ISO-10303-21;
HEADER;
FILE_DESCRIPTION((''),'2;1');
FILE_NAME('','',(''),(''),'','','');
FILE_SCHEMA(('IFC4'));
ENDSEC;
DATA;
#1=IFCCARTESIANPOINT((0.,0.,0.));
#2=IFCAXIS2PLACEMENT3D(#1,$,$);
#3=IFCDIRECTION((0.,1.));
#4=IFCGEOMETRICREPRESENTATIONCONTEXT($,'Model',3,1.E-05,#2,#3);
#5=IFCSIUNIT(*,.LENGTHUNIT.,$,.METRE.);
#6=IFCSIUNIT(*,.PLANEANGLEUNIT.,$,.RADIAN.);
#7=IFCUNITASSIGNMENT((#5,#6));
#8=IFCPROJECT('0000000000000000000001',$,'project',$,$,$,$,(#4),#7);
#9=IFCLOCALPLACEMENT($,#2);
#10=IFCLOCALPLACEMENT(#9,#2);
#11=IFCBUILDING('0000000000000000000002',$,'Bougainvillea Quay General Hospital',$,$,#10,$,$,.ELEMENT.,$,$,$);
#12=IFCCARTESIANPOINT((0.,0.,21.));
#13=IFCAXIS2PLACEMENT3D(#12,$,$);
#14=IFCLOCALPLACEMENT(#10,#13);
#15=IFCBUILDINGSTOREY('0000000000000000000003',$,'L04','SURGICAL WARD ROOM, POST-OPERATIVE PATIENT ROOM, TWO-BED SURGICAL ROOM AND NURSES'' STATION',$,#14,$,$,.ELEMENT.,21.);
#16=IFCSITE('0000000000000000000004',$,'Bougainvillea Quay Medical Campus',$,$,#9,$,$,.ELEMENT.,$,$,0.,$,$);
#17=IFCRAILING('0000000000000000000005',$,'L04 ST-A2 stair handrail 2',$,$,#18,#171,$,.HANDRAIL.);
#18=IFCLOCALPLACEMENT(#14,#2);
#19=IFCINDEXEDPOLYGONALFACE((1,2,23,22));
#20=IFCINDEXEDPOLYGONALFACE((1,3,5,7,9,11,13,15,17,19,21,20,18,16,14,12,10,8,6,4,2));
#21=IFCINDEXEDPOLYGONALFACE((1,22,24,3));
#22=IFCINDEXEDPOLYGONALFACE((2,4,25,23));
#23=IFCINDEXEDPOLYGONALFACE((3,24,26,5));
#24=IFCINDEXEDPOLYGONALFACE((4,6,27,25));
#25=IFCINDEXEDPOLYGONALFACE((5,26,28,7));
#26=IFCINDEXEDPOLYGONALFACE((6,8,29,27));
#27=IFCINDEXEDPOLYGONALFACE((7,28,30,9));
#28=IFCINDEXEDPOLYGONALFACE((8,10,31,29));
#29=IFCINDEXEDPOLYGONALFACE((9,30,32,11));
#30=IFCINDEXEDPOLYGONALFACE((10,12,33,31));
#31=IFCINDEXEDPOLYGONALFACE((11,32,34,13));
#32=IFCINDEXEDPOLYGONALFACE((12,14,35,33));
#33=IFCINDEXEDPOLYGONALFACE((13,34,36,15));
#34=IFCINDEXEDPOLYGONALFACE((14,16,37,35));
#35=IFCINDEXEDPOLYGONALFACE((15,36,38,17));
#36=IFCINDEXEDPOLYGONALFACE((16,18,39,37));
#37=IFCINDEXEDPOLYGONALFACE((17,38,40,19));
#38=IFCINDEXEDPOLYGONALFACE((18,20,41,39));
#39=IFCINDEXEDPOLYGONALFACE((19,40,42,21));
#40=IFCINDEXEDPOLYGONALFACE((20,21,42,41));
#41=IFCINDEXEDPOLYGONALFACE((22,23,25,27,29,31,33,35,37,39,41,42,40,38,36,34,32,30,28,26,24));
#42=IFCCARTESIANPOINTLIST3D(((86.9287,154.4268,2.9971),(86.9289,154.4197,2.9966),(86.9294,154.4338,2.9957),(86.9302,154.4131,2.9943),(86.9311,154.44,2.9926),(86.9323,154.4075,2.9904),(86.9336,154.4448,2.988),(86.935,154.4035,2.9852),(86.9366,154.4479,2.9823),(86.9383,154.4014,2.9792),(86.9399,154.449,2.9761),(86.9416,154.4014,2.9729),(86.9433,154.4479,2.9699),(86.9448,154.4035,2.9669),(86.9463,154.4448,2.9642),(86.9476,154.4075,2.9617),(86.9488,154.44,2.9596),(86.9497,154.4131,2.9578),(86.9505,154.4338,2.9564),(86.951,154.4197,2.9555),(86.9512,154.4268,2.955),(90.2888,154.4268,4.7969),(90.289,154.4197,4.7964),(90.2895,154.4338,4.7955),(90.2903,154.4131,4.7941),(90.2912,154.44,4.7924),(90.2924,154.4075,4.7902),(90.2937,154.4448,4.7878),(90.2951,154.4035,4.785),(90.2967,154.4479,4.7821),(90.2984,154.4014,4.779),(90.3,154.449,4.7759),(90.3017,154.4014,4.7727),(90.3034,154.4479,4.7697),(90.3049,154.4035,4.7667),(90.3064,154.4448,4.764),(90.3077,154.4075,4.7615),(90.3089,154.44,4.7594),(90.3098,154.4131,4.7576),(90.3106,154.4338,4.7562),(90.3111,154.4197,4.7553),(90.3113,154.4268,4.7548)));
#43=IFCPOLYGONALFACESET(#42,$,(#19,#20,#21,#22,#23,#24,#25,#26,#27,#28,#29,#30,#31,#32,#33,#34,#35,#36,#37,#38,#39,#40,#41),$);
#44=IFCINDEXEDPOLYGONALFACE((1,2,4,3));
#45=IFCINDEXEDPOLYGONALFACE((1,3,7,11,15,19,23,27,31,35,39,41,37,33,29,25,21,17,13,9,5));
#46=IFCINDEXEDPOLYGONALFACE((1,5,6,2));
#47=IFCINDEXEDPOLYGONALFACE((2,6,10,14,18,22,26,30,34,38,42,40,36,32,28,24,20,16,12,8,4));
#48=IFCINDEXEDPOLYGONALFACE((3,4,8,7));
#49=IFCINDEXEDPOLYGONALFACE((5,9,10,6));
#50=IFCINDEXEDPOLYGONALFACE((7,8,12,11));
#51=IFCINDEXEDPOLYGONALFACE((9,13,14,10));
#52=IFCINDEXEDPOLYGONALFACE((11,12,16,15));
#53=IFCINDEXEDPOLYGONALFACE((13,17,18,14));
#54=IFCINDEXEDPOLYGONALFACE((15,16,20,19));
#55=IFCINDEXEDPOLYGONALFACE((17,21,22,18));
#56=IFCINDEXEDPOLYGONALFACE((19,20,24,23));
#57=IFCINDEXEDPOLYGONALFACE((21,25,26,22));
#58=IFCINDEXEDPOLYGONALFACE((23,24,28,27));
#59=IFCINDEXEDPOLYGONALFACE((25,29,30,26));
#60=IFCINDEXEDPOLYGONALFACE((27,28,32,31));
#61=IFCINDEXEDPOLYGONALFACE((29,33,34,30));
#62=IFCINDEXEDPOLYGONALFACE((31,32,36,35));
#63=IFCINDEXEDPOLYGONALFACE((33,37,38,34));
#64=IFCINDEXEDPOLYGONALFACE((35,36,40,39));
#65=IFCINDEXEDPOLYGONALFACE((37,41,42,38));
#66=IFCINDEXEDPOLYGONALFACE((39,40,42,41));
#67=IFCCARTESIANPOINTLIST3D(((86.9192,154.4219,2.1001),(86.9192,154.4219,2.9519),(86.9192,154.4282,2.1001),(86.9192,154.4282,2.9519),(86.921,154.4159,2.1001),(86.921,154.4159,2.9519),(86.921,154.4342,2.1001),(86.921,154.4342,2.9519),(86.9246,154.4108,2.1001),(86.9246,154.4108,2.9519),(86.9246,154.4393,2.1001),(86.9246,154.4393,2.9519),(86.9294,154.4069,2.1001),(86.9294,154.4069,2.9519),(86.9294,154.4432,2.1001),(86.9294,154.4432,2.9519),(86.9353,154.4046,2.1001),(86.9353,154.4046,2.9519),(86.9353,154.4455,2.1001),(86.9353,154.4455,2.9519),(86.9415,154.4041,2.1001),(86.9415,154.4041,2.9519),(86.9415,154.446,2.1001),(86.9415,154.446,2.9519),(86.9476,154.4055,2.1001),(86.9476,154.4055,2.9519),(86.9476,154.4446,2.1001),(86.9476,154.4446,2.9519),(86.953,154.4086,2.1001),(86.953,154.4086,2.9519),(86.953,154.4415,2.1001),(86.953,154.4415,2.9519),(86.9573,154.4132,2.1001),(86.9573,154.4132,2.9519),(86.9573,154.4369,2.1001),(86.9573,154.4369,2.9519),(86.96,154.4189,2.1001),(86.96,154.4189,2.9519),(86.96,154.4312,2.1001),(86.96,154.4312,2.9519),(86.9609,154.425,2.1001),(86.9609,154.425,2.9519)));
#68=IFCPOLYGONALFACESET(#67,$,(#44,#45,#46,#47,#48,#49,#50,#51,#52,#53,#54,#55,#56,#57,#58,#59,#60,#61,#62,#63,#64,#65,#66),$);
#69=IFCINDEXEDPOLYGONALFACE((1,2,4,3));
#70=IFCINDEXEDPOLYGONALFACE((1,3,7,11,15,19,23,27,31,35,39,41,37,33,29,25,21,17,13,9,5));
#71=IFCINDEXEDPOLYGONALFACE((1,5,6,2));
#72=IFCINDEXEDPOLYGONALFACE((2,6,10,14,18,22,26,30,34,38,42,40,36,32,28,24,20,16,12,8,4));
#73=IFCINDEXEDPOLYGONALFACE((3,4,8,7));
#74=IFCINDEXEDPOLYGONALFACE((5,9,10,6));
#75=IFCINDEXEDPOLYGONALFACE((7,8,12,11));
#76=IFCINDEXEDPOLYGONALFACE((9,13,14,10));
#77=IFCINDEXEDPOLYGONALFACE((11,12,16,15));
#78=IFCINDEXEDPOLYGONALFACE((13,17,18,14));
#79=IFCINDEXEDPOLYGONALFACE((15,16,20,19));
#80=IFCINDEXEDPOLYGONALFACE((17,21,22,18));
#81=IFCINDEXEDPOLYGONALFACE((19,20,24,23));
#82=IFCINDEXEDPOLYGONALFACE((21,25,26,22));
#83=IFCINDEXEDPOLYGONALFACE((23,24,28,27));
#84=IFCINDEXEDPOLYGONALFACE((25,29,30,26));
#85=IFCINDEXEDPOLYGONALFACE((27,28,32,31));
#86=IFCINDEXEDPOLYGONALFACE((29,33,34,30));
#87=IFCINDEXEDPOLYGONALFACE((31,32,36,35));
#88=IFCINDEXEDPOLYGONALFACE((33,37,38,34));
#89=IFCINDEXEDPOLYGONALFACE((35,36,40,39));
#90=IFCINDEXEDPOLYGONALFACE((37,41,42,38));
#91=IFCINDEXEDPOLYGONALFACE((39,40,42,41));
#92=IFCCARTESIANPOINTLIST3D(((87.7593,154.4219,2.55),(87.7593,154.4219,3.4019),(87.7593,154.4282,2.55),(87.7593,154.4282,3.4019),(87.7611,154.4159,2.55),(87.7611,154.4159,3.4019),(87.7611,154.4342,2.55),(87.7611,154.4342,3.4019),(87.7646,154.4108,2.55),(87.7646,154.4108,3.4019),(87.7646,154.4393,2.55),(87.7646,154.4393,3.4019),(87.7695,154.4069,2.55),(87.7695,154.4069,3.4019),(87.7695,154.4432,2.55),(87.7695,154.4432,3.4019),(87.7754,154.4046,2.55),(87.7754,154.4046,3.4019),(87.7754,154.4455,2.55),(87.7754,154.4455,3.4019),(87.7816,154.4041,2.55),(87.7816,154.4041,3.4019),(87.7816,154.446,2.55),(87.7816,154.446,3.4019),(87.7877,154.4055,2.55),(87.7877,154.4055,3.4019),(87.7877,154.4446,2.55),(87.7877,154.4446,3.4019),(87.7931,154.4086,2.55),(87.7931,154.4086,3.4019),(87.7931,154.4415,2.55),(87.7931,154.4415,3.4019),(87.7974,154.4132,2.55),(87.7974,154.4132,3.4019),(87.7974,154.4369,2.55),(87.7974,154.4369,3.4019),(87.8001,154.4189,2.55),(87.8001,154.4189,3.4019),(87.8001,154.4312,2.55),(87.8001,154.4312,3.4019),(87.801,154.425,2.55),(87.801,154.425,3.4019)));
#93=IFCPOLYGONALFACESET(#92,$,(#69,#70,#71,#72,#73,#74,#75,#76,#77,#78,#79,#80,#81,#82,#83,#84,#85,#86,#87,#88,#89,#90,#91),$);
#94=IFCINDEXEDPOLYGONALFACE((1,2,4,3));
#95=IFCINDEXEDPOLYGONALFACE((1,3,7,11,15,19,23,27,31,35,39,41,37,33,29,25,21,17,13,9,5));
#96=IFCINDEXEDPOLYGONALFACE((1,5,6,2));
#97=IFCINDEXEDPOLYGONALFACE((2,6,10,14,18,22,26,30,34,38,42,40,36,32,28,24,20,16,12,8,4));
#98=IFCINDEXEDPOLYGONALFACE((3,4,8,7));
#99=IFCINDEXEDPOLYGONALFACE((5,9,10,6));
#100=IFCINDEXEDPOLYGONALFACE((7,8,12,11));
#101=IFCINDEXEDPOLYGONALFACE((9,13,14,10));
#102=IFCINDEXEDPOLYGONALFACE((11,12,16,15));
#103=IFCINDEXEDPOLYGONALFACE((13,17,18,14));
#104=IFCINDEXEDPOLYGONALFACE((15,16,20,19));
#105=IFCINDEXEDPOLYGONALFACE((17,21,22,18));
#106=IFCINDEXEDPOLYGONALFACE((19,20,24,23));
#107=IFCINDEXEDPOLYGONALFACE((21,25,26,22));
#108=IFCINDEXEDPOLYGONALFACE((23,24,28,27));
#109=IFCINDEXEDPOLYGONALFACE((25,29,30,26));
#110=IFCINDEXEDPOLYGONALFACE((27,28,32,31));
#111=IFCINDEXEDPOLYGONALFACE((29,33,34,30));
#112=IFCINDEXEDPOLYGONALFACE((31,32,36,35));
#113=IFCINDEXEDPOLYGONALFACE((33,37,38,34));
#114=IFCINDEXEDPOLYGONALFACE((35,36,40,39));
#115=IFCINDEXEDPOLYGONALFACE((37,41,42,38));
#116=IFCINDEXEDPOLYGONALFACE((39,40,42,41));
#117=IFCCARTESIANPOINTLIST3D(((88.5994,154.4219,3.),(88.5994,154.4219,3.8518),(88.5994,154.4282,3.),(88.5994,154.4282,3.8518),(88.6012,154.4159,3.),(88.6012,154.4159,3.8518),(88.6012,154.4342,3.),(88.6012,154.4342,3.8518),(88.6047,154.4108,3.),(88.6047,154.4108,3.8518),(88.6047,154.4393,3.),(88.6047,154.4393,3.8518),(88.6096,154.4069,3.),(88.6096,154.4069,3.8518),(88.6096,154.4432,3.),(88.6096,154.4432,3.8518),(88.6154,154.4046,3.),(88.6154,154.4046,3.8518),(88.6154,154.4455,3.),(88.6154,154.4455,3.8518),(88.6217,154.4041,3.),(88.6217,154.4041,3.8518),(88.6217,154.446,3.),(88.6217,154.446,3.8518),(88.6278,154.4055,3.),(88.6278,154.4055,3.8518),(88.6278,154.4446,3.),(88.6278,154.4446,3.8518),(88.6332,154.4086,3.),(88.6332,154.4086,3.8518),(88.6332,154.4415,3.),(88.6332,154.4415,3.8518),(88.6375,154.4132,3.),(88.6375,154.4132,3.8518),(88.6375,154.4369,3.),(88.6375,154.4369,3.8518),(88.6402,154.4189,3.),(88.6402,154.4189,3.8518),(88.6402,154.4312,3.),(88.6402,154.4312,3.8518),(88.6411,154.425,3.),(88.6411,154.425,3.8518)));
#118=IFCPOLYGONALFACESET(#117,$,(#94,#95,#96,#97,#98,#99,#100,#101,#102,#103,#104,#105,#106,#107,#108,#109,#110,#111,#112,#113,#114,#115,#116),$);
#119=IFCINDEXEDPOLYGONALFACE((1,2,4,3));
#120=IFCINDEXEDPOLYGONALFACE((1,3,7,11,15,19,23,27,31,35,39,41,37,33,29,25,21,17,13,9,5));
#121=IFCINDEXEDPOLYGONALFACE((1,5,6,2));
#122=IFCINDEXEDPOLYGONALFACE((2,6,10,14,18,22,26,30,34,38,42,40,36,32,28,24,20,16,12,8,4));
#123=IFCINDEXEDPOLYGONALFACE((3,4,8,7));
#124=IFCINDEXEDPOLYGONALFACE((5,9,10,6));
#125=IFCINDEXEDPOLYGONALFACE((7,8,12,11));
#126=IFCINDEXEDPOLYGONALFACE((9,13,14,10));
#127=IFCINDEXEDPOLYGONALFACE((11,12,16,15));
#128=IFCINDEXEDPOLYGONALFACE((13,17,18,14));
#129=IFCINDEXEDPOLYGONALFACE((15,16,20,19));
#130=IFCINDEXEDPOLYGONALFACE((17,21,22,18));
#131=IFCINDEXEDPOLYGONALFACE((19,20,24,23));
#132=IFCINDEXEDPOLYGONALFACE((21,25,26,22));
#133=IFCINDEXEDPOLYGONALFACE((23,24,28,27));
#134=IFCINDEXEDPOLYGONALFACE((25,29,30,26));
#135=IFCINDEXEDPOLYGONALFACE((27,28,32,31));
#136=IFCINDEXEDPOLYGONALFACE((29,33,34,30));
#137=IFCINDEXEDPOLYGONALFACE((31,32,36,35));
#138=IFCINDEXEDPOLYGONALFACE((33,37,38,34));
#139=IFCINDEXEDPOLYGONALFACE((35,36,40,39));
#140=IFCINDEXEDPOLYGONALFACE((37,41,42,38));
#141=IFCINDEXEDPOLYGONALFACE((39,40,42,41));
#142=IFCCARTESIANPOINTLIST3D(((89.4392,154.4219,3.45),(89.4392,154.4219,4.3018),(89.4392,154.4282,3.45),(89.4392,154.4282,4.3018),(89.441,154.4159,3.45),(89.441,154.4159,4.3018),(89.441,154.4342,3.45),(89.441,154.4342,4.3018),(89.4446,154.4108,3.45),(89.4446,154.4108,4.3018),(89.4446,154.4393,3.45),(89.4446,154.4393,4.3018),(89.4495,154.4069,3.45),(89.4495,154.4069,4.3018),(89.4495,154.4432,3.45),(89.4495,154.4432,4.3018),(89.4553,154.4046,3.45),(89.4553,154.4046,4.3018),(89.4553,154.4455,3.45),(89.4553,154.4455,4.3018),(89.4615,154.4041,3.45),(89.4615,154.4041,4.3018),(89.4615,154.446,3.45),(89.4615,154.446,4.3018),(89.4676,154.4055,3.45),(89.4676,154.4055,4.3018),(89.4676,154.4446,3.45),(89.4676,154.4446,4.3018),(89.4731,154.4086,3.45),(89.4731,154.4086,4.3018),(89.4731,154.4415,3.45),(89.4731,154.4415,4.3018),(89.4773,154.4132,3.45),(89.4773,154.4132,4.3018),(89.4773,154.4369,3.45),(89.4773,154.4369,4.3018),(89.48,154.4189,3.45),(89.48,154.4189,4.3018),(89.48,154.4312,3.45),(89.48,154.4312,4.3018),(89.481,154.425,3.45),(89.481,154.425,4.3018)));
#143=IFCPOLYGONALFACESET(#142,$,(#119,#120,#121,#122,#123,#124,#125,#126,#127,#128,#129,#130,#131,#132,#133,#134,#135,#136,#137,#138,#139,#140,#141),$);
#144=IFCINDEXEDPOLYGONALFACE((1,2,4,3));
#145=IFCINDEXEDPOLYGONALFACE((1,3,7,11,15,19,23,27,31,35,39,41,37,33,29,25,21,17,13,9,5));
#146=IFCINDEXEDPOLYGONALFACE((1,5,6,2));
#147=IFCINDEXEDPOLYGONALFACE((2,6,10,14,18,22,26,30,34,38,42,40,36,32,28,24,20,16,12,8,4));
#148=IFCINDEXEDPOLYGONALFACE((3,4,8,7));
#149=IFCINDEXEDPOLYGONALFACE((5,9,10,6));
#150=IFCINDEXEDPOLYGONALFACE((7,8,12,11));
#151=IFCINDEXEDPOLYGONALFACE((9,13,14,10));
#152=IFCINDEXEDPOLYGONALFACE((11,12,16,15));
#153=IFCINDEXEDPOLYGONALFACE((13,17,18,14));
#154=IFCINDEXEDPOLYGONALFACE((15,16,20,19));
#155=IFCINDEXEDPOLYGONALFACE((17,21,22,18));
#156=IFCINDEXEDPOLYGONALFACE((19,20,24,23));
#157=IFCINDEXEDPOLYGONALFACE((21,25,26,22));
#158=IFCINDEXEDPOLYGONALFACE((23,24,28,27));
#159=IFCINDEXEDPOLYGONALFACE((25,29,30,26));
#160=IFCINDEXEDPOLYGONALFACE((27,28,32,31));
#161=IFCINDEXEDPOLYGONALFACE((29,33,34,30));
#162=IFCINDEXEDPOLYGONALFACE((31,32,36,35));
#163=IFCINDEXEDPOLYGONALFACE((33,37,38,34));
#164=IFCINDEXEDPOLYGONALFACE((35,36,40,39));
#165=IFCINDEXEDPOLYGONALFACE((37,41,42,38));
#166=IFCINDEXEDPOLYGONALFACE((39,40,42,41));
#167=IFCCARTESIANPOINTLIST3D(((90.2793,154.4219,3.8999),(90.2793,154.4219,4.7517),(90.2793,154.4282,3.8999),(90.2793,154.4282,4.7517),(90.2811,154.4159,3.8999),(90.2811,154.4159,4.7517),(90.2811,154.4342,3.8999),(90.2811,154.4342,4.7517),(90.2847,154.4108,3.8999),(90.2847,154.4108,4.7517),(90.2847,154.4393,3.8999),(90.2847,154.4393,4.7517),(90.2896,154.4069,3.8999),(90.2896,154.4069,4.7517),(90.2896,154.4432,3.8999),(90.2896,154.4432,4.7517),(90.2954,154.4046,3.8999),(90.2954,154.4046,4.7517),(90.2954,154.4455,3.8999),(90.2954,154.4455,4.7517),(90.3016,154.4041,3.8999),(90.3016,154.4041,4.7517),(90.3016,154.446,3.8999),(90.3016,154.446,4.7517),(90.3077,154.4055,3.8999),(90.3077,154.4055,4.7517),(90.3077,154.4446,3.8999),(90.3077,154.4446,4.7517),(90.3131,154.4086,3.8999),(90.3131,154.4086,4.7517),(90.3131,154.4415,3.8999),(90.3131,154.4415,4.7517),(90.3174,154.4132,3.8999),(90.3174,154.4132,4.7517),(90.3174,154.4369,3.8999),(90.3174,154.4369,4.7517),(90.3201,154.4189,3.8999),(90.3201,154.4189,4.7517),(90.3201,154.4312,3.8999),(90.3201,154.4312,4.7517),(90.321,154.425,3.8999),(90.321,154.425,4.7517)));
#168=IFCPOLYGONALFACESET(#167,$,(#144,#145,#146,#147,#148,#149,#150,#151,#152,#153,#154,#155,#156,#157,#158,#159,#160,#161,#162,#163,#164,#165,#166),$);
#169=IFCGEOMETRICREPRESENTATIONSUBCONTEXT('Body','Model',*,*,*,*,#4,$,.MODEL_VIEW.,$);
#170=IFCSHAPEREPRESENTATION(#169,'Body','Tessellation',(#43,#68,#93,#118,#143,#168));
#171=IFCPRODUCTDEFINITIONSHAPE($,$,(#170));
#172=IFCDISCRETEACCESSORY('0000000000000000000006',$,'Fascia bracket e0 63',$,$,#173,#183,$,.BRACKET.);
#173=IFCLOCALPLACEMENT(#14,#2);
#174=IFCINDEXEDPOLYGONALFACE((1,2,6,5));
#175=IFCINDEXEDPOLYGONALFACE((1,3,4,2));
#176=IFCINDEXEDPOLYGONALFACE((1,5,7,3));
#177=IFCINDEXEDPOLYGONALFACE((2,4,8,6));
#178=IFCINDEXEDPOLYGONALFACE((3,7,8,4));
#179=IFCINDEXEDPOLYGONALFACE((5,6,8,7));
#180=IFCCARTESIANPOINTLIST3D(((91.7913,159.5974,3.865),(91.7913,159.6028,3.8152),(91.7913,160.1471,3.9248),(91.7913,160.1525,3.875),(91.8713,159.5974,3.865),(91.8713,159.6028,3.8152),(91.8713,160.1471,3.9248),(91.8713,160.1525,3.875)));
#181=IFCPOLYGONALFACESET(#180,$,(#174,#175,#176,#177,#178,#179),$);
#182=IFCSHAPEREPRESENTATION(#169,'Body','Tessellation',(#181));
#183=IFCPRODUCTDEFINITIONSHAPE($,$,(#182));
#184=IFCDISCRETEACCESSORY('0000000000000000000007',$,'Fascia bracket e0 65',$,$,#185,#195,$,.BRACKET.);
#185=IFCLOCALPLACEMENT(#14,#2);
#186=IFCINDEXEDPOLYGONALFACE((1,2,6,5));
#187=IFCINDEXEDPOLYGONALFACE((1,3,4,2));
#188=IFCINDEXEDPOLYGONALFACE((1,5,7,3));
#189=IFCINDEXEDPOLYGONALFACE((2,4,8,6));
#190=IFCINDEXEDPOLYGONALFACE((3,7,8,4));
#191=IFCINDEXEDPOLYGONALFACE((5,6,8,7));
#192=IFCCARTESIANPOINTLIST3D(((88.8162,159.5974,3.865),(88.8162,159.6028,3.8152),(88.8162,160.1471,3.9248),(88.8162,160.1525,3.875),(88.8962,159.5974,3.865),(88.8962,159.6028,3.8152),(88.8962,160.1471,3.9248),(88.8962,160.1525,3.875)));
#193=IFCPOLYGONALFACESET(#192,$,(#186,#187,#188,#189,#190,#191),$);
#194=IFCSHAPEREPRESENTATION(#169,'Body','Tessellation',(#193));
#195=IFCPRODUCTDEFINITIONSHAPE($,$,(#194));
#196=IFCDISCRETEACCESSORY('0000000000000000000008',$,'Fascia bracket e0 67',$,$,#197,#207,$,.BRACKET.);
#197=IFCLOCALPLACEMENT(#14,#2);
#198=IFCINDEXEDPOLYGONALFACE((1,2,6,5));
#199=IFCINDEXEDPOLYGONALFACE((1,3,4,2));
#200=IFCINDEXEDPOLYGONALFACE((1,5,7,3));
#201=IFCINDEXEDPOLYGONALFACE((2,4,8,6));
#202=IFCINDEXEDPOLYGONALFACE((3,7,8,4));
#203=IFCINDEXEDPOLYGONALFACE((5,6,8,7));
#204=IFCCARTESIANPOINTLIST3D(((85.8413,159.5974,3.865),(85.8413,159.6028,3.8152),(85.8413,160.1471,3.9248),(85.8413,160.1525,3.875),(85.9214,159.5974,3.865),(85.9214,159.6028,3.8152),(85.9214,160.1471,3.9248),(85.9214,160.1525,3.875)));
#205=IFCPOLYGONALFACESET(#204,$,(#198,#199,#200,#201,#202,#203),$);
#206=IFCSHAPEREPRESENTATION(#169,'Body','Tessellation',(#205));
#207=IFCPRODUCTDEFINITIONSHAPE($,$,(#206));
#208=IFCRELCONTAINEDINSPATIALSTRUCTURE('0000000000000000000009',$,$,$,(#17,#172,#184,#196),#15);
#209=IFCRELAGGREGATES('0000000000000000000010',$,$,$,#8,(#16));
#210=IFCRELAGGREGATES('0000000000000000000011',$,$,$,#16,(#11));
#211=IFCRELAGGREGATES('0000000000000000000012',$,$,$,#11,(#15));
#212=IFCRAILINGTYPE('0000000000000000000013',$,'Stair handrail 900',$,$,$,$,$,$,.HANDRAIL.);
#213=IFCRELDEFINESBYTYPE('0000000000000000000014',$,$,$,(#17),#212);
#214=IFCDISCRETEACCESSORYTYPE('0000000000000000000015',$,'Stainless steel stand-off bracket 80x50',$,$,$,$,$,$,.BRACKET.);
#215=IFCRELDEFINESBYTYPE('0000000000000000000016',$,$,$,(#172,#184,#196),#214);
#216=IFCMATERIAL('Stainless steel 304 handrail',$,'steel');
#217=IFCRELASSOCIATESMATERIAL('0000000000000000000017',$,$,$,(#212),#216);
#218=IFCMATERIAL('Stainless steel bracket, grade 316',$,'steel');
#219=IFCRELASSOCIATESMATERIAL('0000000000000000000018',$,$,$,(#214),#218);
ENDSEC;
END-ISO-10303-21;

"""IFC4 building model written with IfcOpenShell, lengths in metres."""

from ifc_helpers import new_model, si_unit, direction, frame, origin, origin_2d, place, context, subcontext, project, spatial, rectangle, circle, extrude, material, material_profile, profile_set, type_object, element, save


model = new_model("IFC4")

# Units and contexts
model_context = context("Model", 3, precision=1e-05, world=origin(), true_north=direction((0.0, 1.0)))
body_context = subcontext(model_context, "Body", "Model", "MODEL_VIEW")
ifc_project = project(units=[si_unit("LENGTHUNIT", "METRE"), si_unit("PLANEANGLEUNIT", "RADIAN")], contexts=[model_context])

# Site, building, storey
site_placement = place(None, origin())
site = spatial("IfcSite", under=ifc_project, at=site_placement, Name="Bougainvillea Quay Medical Campus", CompositionType="ELEMENT", RefElevation=0.0)
building_placement = place(site_placement, origin())
building = spatial("IfcBuilding", under=site, at=building_placement, Name="Bougainvillea Quay General Hospital", CompositionType="ELEMENT")
storey_placement = place(building_placement, frame((0.0, 0.0, 21.0)))
storey = spatial("IfcBuildingStorey", under=building, at=storey_placement, Name="L04", Description="SURGICAL WARD ROOM, POST-OPERATIVE PATIENT ROOM, TWO-BED SURGICAL ROOM AND NURSES' STATION", CompositionType="ELEMENT", Elevation=21.0)

# Railing
ifc_material_1 = material(Name="Stainless steel 304 handrail", Category="steel")
railing_type_1 = type_object("IfcRailingType", Name="Stair handrail 900", PredefinedType="HANDRAIL", material=ifc_material_1)
railing_1_placement = place(storey_placement, frame((86.9399, 154.425, 2.1001)))
element("IfcRailing", 1, at=railing_1_placement, inside=storey, type_object=railing_type_1, Name="L04 ST-A2 stair handrail 2", PredefinedType="HANDRAIL", context=body_context, shape_type="SweptSolid", body=[
    extrude(circle(Radius=0.0239, at=origin_2d()), frame((0.0, 0.0, 0.876), z_axis=(0.881508, 0.0, 0.47217), x_axis=(0.0, 1.0, 0.0)), (0.0, 0.0, 1.0), 3.8118),
    extrude(circle(Radius=0.021, at=origin_2d()), origin(), (0.0, 0.0, 1.0), 0.8518),
    extrude(circle(Radius=0.021, at=origin_2d()), frame((0.8401, 0.0, 0.45)), (0.0, 0.0, 1.0), 0.8518),
    extrude(circle(Radius=0.021, at=origin_2d()), frame((1.6802, 0.0, 0.8999)), (0.0, 0.0, 1.0), 0.8518),
    extrude(circle(Radius=0.021, at=origin_2d()), frame((2.52, 0.0, 1.3499)), (0.0, 0.0, 1.0), 0.8518),
    extrude(circle(Radius=0.021, at=origin_2d()), frame((3.3601, 0.0, 1.7998)), (0.0, 0.0, 1.0), 0.8518),
])

# Discrete accessories
ifc_material_2 = material(Name="Stainless steel bracket, grade 316", Category="steel")
ifc_material_profile_1 = material_profile(ifc_material_2, rectangle(XDim=0.0801, YDim=0.05, at=origin_2d()))
ifc_profile_set_1 = profile_set([ifc_material_profile_1], Name="Stainless steel bracket, grade 316")
discrete_accessory_type = type_object("IfcDiscreteAccessoryType", Name="Stainless steel stand-off bracket 80x50", PredefinedType="BRACKET", material=ifc_profile_set_1)
for number, where, z_axis, x_axis, name in (
    (2, (91.8313, 159.6001, 3.8401), (0.0, 0.994134, 0.108154), (-1.0, 0.0, 0.0), "Fascia bracket e0 63"),
    (3, (88.8562, 159.6001, 3.8401), (0.0, 0.994134, 0.108154), (-1.0, 0.0, 0.0), "Fascia bracket e0 65"),
    (4, (85.8813, 159.6001, 3.8401), (0.0, 0.994134, 0.108154), (-1.0, 0.0, 0.0), "Fascia bracket e0 67"),
):
    element("IfcDiscreteAccessory", number, at=place(storey_placement, frame(where, z_axis=z_axis, x_axis=x_axis)), inside=storey, type_object=discrete_accessory_type, Name=name, PredefinedType="BRACKET", context=body_context, shape_type="SweptSolid", body=[
        extrude(rectangle(XDim=0.0801, YDim=0.05, at=origin_2d()), origin(), (0.0, 0.0, 1.0), 0.553),
    ])

save(model, "model.ifc")
